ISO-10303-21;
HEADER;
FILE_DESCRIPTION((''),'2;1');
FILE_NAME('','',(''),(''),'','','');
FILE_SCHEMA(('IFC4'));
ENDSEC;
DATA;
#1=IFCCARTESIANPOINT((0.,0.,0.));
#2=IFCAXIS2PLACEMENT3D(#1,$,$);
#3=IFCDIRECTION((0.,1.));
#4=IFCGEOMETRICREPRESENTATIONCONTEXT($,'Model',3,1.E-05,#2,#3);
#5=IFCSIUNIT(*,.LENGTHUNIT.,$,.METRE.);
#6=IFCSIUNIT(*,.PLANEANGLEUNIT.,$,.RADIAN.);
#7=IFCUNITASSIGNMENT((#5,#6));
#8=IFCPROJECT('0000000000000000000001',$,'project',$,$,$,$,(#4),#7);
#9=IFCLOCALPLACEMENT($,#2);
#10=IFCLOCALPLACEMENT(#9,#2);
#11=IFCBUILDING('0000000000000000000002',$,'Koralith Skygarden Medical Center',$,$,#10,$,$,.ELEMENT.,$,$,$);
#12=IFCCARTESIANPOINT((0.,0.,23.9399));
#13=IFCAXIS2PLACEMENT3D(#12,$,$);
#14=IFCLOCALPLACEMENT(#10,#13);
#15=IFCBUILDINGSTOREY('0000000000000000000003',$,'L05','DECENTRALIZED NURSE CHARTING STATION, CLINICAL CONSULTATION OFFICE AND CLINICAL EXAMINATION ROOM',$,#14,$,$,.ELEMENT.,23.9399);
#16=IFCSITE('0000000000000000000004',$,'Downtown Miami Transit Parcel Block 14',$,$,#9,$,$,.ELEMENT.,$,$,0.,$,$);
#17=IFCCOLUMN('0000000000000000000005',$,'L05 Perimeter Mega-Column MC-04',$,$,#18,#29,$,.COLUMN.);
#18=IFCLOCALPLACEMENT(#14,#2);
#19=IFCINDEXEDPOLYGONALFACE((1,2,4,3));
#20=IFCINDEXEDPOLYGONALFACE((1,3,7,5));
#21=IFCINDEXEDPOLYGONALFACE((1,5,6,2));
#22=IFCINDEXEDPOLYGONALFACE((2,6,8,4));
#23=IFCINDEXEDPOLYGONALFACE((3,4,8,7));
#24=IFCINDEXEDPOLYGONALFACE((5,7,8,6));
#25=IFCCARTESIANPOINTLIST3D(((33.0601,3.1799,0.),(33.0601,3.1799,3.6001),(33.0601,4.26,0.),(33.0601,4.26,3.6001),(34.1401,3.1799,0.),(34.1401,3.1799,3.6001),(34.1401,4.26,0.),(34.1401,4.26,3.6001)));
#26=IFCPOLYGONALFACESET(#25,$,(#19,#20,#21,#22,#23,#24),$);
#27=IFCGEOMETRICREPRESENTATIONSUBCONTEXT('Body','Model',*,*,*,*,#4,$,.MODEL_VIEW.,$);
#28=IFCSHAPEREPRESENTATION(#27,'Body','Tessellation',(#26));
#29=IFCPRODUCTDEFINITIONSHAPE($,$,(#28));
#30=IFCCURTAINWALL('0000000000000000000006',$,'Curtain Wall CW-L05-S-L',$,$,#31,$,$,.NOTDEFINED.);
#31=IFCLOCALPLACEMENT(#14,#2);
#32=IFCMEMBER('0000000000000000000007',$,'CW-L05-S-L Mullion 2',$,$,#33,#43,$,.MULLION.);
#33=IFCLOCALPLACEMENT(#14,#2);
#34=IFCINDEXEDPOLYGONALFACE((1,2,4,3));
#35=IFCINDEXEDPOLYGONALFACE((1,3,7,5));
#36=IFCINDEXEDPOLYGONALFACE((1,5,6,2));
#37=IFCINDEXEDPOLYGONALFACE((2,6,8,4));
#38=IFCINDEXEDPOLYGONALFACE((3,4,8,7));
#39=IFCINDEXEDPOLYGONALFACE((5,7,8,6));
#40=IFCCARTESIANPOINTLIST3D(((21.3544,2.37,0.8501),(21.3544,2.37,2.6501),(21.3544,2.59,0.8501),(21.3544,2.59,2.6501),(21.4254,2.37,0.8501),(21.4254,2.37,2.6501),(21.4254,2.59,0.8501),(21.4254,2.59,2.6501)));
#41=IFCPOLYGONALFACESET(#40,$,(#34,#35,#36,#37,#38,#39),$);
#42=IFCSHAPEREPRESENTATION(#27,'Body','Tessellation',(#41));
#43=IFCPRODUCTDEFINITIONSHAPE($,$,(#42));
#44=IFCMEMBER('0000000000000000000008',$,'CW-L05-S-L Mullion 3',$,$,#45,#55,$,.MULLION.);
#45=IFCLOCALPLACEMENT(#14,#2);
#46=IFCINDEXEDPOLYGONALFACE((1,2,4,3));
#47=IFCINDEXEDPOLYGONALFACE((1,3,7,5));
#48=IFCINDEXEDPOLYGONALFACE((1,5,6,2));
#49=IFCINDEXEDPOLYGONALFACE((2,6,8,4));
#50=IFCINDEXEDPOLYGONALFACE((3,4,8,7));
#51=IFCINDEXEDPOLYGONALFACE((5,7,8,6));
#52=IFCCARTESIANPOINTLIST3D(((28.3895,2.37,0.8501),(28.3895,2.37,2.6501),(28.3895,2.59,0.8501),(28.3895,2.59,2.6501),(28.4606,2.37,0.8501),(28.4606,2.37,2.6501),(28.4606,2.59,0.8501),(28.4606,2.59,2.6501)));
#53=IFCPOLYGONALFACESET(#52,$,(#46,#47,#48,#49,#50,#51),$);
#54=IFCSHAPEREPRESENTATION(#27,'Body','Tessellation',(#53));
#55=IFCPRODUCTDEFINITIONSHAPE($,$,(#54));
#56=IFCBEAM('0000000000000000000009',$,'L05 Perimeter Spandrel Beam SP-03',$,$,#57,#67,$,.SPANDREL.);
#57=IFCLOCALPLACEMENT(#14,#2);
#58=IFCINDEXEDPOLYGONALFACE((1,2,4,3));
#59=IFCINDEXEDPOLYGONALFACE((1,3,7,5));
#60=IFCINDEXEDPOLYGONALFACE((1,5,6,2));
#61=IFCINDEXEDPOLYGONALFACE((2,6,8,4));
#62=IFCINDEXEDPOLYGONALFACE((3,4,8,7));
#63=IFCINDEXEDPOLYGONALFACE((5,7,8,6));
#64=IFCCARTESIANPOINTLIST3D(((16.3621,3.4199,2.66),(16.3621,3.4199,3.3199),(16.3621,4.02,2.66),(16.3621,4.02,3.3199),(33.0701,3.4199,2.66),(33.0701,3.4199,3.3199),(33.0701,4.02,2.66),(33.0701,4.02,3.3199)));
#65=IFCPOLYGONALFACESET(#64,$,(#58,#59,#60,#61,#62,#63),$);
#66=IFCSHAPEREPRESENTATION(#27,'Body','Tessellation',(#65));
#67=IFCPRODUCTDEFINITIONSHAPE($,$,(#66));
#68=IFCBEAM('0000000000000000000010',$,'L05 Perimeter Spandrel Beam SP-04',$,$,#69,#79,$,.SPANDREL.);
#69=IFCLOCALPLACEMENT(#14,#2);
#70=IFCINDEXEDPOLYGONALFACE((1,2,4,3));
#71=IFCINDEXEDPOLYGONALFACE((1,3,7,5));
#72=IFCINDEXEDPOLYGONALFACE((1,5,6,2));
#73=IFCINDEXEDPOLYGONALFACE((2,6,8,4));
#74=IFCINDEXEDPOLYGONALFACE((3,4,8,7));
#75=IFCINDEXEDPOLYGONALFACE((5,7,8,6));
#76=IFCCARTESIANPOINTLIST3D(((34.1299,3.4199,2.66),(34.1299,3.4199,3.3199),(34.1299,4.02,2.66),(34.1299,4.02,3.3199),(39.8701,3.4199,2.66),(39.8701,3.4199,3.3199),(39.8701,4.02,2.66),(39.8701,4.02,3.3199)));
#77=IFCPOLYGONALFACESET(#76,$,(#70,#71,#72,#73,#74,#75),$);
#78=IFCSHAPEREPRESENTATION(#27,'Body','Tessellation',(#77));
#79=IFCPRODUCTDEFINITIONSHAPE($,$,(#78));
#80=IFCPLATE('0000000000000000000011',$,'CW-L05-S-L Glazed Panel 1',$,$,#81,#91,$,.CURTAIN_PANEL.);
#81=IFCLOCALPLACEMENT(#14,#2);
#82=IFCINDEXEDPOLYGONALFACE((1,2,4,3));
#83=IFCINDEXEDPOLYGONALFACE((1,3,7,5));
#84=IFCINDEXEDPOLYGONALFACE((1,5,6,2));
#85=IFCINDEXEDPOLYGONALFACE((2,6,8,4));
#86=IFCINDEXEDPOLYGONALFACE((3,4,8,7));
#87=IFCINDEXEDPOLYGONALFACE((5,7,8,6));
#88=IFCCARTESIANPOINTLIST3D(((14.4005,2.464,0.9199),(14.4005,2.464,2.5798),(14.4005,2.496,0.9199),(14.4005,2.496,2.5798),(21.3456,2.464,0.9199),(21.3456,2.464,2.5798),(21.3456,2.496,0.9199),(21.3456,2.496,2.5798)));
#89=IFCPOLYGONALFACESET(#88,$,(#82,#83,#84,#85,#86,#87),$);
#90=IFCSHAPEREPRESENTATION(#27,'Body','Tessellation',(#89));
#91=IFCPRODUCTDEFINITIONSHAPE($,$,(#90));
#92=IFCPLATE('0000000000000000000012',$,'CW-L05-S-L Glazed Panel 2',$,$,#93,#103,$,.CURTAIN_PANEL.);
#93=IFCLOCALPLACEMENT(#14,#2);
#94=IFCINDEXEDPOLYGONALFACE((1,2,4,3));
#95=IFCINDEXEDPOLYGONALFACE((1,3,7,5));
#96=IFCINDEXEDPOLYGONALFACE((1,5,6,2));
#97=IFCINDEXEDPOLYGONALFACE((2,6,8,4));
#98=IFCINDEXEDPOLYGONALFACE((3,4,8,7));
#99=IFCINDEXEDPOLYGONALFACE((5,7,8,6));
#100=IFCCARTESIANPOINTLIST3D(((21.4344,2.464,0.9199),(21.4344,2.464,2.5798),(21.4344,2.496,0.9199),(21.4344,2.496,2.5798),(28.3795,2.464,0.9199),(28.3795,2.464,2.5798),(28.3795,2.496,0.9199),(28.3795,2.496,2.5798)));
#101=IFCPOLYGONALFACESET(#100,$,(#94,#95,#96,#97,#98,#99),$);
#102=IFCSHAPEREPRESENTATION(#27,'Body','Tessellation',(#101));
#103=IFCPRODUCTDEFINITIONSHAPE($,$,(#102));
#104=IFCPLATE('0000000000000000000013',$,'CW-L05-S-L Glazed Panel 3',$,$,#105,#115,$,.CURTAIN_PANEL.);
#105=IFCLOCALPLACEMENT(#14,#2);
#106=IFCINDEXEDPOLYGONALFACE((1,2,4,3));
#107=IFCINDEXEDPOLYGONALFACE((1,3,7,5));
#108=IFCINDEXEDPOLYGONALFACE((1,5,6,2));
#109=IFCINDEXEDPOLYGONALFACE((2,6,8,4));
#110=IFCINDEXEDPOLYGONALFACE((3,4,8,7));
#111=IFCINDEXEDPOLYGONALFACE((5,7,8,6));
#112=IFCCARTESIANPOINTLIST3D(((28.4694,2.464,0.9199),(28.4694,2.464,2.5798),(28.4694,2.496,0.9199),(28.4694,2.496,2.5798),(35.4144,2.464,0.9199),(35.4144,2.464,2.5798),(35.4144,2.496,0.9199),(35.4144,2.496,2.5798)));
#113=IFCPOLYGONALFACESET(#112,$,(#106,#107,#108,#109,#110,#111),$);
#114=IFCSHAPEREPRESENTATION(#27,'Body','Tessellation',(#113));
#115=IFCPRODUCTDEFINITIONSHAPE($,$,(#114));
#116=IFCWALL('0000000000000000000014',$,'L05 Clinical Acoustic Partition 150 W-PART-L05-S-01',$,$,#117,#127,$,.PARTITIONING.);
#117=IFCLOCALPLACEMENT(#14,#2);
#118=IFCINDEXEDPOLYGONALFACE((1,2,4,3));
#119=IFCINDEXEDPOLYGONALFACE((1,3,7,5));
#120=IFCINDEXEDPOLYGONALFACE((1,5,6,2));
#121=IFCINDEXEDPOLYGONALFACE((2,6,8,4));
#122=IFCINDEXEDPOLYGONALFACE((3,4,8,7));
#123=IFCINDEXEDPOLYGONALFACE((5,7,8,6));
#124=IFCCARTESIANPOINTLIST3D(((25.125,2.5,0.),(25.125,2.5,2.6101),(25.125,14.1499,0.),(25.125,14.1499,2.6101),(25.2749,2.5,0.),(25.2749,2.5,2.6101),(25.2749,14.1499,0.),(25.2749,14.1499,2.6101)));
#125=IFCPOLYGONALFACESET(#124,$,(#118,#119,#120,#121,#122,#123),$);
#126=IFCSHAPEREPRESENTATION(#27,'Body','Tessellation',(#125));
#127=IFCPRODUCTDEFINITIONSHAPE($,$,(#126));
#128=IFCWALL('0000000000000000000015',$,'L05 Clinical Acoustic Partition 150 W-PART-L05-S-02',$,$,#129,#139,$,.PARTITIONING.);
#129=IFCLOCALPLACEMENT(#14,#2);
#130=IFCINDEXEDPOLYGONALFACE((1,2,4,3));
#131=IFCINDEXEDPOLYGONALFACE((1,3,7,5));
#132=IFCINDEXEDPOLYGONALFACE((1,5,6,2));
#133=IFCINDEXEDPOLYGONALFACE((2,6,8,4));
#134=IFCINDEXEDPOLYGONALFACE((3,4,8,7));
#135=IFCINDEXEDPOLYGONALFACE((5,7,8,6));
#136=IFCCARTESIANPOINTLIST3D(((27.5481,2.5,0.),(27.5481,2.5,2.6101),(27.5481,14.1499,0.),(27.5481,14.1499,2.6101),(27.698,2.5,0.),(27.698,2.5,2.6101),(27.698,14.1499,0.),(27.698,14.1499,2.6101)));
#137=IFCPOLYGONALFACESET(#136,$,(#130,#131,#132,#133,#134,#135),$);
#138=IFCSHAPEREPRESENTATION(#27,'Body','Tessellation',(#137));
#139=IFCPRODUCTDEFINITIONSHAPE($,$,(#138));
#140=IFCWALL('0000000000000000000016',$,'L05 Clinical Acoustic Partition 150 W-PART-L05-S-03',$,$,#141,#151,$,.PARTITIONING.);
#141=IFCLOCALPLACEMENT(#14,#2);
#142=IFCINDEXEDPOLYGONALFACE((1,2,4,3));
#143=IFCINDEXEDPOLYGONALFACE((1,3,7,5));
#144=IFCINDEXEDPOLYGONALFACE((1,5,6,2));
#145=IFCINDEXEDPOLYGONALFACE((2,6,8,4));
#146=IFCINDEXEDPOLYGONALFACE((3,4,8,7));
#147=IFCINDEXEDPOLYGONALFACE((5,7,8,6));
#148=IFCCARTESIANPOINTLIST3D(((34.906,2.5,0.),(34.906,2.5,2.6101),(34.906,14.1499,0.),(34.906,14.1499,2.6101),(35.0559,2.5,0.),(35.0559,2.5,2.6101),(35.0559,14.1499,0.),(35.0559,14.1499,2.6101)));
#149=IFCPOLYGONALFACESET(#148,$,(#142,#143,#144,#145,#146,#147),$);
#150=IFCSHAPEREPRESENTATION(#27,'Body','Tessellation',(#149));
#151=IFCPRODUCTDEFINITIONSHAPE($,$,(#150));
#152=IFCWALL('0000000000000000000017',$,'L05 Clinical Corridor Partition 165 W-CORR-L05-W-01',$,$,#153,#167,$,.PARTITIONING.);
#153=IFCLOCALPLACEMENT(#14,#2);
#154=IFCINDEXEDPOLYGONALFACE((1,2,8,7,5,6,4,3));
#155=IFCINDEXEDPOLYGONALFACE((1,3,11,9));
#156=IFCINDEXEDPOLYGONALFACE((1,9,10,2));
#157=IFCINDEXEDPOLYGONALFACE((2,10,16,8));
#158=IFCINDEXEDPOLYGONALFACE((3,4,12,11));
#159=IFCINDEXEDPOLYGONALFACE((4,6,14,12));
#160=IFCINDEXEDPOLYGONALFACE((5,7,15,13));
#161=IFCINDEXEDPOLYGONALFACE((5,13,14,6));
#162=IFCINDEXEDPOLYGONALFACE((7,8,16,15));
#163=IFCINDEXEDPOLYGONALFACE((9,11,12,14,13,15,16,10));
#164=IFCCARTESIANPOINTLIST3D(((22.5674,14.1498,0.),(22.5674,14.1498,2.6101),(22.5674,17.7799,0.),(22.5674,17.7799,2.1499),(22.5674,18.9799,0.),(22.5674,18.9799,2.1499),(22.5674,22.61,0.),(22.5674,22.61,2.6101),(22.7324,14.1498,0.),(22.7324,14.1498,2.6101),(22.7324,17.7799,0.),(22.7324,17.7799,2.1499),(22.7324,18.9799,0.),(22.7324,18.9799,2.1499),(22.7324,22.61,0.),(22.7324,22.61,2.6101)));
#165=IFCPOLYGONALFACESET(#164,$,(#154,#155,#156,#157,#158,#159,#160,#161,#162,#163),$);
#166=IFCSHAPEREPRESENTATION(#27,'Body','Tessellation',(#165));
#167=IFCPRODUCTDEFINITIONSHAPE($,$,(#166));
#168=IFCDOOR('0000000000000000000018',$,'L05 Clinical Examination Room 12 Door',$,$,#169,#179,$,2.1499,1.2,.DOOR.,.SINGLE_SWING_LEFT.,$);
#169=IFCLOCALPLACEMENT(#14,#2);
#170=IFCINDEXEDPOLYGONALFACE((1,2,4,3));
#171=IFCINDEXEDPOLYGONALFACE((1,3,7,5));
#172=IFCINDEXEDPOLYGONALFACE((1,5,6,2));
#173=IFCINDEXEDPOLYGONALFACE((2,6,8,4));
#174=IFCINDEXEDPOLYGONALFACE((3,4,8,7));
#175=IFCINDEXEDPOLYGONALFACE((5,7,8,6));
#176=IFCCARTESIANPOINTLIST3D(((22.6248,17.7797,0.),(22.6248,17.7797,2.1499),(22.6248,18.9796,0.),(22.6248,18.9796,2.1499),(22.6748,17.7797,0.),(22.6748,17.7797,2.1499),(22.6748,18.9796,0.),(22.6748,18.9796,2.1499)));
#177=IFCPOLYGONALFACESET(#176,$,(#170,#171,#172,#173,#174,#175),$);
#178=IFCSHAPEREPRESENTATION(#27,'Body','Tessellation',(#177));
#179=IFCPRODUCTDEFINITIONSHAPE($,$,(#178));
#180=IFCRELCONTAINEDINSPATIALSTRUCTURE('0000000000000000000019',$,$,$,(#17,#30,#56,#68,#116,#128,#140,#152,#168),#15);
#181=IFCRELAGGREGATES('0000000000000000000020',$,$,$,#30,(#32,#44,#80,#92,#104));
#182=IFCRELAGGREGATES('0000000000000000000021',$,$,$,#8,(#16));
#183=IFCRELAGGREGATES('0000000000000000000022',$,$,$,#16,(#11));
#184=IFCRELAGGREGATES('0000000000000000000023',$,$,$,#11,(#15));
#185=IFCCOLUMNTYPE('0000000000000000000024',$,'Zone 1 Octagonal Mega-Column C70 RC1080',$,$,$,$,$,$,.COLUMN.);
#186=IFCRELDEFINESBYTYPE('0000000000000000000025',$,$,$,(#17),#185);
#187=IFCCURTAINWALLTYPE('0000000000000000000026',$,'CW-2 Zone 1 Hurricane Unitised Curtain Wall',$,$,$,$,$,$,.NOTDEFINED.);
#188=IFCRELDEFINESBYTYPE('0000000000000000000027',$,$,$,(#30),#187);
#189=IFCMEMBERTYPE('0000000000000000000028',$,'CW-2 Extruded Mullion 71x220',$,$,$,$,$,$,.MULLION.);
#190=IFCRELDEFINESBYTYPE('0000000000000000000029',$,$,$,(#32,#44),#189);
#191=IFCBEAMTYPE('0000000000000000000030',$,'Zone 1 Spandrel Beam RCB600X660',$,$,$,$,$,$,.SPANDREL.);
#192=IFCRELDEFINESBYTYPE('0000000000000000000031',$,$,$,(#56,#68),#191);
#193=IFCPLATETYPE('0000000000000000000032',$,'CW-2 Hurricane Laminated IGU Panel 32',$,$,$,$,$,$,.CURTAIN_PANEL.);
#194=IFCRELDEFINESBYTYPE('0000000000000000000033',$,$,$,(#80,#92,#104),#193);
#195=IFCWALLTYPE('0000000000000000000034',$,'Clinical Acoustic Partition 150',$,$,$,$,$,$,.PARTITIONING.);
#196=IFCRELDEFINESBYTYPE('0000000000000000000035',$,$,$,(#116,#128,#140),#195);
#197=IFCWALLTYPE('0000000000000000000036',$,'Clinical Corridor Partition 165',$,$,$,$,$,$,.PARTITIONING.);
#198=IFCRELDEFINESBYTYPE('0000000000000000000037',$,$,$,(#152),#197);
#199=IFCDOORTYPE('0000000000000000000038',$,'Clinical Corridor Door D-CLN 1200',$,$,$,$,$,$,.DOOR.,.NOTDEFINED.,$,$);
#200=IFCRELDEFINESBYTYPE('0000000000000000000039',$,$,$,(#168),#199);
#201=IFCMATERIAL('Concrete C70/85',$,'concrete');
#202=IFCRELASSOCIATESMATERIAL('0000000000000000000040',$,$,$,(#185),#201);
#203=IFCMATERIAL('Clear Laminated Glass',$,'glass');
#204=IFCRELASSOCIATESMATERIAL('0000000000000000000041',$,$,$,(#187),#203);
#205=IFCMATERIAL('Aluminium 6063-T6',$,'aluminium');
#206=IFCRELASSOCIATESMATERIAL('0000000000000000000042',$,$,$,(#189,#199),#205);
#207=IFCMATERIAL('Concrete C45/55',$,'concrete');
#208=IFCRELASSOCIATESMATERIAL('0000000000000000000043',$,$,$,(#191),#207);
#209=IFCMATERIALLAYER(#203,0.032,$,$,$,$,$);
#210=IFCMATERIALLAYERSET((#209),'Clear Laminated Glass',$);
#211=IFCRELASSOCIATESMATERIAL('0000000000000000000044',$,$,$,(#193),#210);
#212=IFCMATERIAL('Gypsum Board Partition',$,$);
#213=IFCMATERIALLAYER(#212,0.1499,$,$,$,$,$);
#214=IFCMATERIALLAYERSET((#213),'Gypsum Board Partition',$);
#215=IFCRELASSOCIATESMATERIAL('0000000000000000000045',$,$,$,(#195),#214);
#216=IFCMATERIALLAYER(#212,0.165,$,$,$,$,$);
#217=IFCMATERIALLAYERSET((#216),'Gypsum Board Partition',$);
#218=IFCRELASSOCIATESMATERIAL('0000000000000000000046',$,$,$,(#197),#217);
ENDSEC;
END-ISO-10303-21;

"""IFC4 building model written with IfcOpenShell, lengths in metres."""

from ifc_helpers import new_model, si_unit, direction, frame, frame_2d, origin, origin_2d, place, context, subcontext, project, spatial, rectangle, extrude, material, layer, layer_set, material_profile, profile_set, type_object, element, fill, aggregate, save


model = new_model("IFC4")

# Units and contexts
model_context = context("Model", 3, precision=1e-05, world=origin(), true_north=direction((0.0, 1.0)))
body_context = subcontext(model_context, "Body", "Model", "MODEL_VIEW")
ifc_project = project(units=[si_unit("LENGTHUNIT", "METRE"), si_unit("PLANEANGLEUNIT", "RADIAN")], contexts=[model_context])

# Site, building, storey
site_placement = place(None, origin())
site = spatial("IfcSite", under=ifc_project, at=site_placement, Name="Downtown Miami Transit Parcel Block 14", CompositionType="ELEMENT", RefElevation=0.0)
building_placement = place(site_placement, origin())
building = spatial("IfcBuilding", under=site, at=building_placement, Name="Koralith Skygarden Medical Center", CompositionType="ELEMENT")
storey_placement = place(building_placement, frame((0.0, 0.0, 23.9399)))
storey = spatial("IfcBuildingStorey", under=building, at=storey_placement, Name="L05", Description="DECENTRALIZED NURSE CHARTING STATION, CLINICAL CONSULTATION OFFICE AND CLINICAL EXAMINATION ROOM", CompositionType="ELEMENT", Elevation=23.9399)

# Column
ifc_material_1 = material(Name="Concrete C70/85", Category="concrete")
ifc_material_profile_1 = material_profile(ifc_material_1, rectangle(XDim=1.0801, YDim=1.0801, at=origin_2d()), Name="RC1080X1080")
ifc_profile_set_1 = profile_set([ifc_material_profile_1], Name="Concrete C70/85")
column_type = type_object("IfcColumnType", Name="Zone 1 Octagonal Mega-Column C70 RC1080", PredefinedType="COLUMN", material=ifc_profile_set_1)
column_placement = place(storey_placement, frame((33.6001, 3.72, 0.0), z_axis=(0.0, 0.0, 1.0), x_axis=(1.0, 0.0, 0.0)))
element("IfcColumn", 1, at=column_placement, inside=storey, type_object=column_type, Name="L05 Perimeter Mega-Column MC-04", PredefinedType="COLUMN", context=body_context, shape_type="SweptSolid", body=[
    extrude(rectangle(XDim=1.0801, YDim=1.0801, at=origin_2d()), origin(), (0.0, 0.0, 1.0), 3.6001),
])

# Curtain wall, members
ifc_material_2 = material(Name="Clear Laminated Glass", Category="glass")
curtain_wall_type = type_object("IfcCurtainWallType", Name="CW-2 Zone 1 Hurricane Unitised Curtain Wall", PredefinedType="NOTDEFINED", material=ifc_material_2)
curtain_wall_placement = place(storey_placement, origin())
curtain_wall = element("IfcCurtainWall", 2, at=curtain_wall_placement, inside=storey, type_object=curtain_wall_type, Name="Curtain Wall CW-L05-S-L", PredefinedType="NOTDEFINED")
ifc_material_3 = material(Name="Aluminium 6063-T6", Category="aluminium")
ifc_material_profile_2 = material_profile(ifc_material_3, rectangle(XDim=0.071, YDim=0.22, at=origin_2d()), Name="MUL71X220")
ifc_profile_set_2 = profile_set([ifc_material_profile_2], Name="Aluminium 6063-T6")
member_type = type_object("IfcMemberType", Name="CW-2 Extruded Mullion 71x220", PredefinedType="MULLION", material=ifc_profile_set_2)
member_1_placement = place(storey_placement, frame((21.3899, 2.48, 0.8501), z_axis=(0.0, 0.0, 1.0), x_axis=(1.0, 0.0, 0.0)))
member_1 = element("IfcMember", 3, at=member_1_placement, type_object=member_type, Name="CW-L05-S-L Mullion 2", PredefinedType="MULLION", context=body_context, shape_type="SweptSolid", body=[
    extrude(rectangle(XDim=0.071, YDim=0.22, at=origin_2d()), origin(), (0.0, 0.0, 1.0), 1.8),
])
member_2_placement = place(storey_placement, frame((28.425, 2.48, 0.8501), z_axis=(0.0, 0.0, 1.0), x_axis=(1.0, 0.0, 0.0)))
member_2 = element("IfcMember", 4, at=member_2_placement, type_object=member_type, Name="CW-L05-S-L Mullion 3", PredefinedType="MULLION", context=body_context, shape_type="SweptSolid", body=[
    extrude(rectangle(XDim=0.071, YDim=0.22, at=origin_2d()), origin(), (0.0, 0.0, 1.0), 1.8),
])

# Beams
ifc_material_4 = material(Name="Concrete C45/55", Category="concrete")
ifc_material_profile_3 = material_profile(ifc_material_4, rectangle(XDim=0.6001, YDim=0.6599, at=origin_2d()), Name="RCB600X660")
ifc_profile_set_3 = profile_set([ifc_material_profile_3], Name="Concrete C45/55")
beam_type = type_object("IfcBeamType", Name="Zone 1 Spandrel Beam RCB600X660", PredefinedType="SPANDREL", material=ifc_profile_set_3)
beam_1_placement = place(storey_placement, frame((16.3621, 3.72, 2.99), z_axis=(1.0, 0.0, 0.0), x_axis=(0.0, 1.0, 0.0)))
element("IfcBeam", 5, at=beam_1_placement, inside=storey, type_object=beam_type, Name="L05 Perimeter Spandrel Beam SP-03", PredefinedType="SPANDREL", context=body_context, shape_type="SweptSolid", body=[
    extrude(rectangle(XDim=0.6001, YDim=0.6599, at=origin_2d()), origin(), (0.0, 0.0, 1.0), 16.708),
])
beam_2_placement = place(storey_placement, frame((34.1299, 3.72, 2.99), z_axis=(1.0, 0.0, 0.0), x_axis=(0.0, 1.0, 0.0)))
element("IfcBeam", 6, at=beam_2_placement, inside=storey, type_object=beam_type, Name="L05 Perimeter Spandrel Beam SP-04", PredefinedType="SPANDREL", context=body_context, shape_type="SweptSolid", body=[
    extrude(rectangle(XDim=0.6001, YDim=0.6599, at=origin_2d()), origin(), (0.0, 0.0, 1.0), 5.7402),
])

# Plates
ifc_layer_1 = layer(ifc_material_2, 0.032)
ifc_layer_set_1 = layer_set([ifc_layer_1], Name="Clear Laminated Glass")
plate_type = type_object("IfcPlateType", Name="CW-2 Hurricane Laminated IGU Panel 32", PredefinedType="CURTAIN_PANEL", material=ifc_layer_set_1)
plate_1_placement = place(storey_placement, frame((17.873, 2.48, 0.9199), z_axis=(0.0, 0.0, 1.0), x_axis=(1.0, 0.0, 0.0)))
plate_1 = element("IfcPlate", 7, at=plate_1_placement, type_object=plate_type, Name="CW-L05-S-L Glazed Panel 1", PredefinedType="CURTAIN_PANEL", context=body_context, shape_type="SweptSolid", body=[
    extrude(rectangle(XDim=6.9451, YDim=0.032, at=origin_2d()), origin(), (0.0, 0.0, 1.0), 1.6599),
])
plate_2_placement = place(storey_placement, frame((24.907, 2.48, 0.9199), z_axis=(0.0, 0.0, 1.0), x_axis=(1.0, 0.0, 0.0)))
plate_2 = element("IfcPlate", 8, at=plate_2_placement, type_object=plate_type, Name="CW-L05-S-L Glazed Panel 2", PredefinedType="CURTAIN_PANEL", context=body_context, shape_type="SweptSolid", body=[
    extrude(rectangle(XDim=6.9451, YDim=0.032, at=origin_2d()), origin(), (0.0, 0.0, 1.0), 1.6599),
])
plate_3_placement = place(storey_placement, frame((31.9419, 2.48, 0.9199), z_axis=(0.0, 0.0, 1.0), x_axis=(1.0, 0.0, 0.0)))
plate_3 = element("IfcPlate", 9, at=plate_3_placement, type_object=plate_type, Name="CW-L05-S-L Glazed Panel 3", PredefinedType="CURTAIN_PANEL", context=body_context, shape_type="SweptSolid", body=[
    extrude(rectangle(XDim=6.9451, YDim=0.032, at=origin_2d()), origin(), (0.0, 0.0, 1.0), 1.6599),
])
aggregate(curtain_wall, [member_1, member_2, plate_1, plate_2, plate_3])

# Walls
ifc_material_5 = material(Name="Gypsum Board Partition")
ifc_layer_2 = layer(ifc_material_5, 0.1499)
ifc_layer_set_2 = layer_set([ifc_layer_2], Name="Gypsum Board Partition")
wall_type_1 = type_object("IfcWallType", Name="Clinical Acoustic Partition 150", PredefinedType="PARTITIONING", material=ifc_layer_set_2)
for number, where, z_axis, x_axis, name in (
    (10, (25.2, 14.1499, 0.0), (0.0, 0.0, 1.0), (0.0, -1.0, 0.0), "L05 Clinical Acoustic Partition 150 W-PART-L05-S-01"),
    (11, (27.623, 14.1499, 0.0), (0.0, 0.0, 1.0), (0.0, -1.0, 0.0), "L05 Clinical Acoustic Partition 150 W-PART-L05-S-02"),
    (12, (34.981, 14.1499, 0.0), (0.0, 0.0, 1.0), (0.0, -1.0, 0.0), "L05 Clinical Acoustic Partition 150 W-PART-L05-S-03"),
):
    element("IfcWall", number, at=place(storey_placement, frame(where, z_axis=z_axis, x_axis=x_axis)), inside=storey, type_object=wall_type_1, Name=name, PredefinedType="PARTITIONING", context=body_context, shape_type="SweptSolid", body=[
        extrude(rectangle(XDim=11.6499, YDim=0.1499, at=frame_2d((5.825, 0.0))), origin(), (0.0, 0.0, 1.0), 2.6101),
    ])

# Wall, opening, door
ifc_layer_3 = layer(ifc_material_5, 0.165)
ifc_layer_set_3 = layer_set([ifc_layer_3], Name="Gypsum Board Partition")
wall_type_2 = type_object("IfcWallType", Name="Clinical Corridor Partition 165", PredefinedType="PARTITIONING", material=ifc_layer_set_3)
door_type_1 = type_object("IfcDoorType", Name="Clinical Corridor Door D-CLN 1200", OperationType="NOTDEFINED", PredefinedType="DOOR", material=ifc_material_3)
wall_1_placement = place(storey_placement, frame((22.6499, 14.1499, 0.0), z_axis=(0.0, 0.0, 1.0), x_axis=(0.0, 1.0, 0.0)))
wall_1 = element("IfcWall", 13, at=wall_1_placement, inside=storey, type_object=wall_type_2, Name="L05 Clinical Corridor Partition 165 W-CORR-L05-W-01", PredefinedType="PARTITIONING", context=body_context, shape_type="SweptSolid", body=[
    extrude(rectangle(XDim=8.4602, YDim=0.165, at=frame_2d((4.23, 0.0))), origin(), (0.0, 0.0, 1.0), 2.6101),
])
opening_1_placement = place(wall_1_placement, frame((3.6299, 0.0, 0.0)))
opening_1 = element("IfcOpeningElement", 14, at=opening_1_placement, cuts=wall_1, PredefinedType="OPENING", context=body_context, shape_type="SweptSolid", body=[
    extrude(rectangle(XDim=1.2, YDim=2.1499, at=frame_2d((0.6001, 1.075))), frame((0.0, 0.0925, 0.0), z_axis=(0.0, -1.0, 0.0), x_axis=(1.0, 0.0, 0.0)), (0.0, 0.0, 1.0), 0.1851),
])
door_1_placement = place(opening_1_placement, frame((1.2, 0.0, 0.0), z_axis=(0.0, 0.0, 1.0), x_axis=(-1.0, 0.0, 0.0)))
door_1 = element("IfcDoor", 15, at=door_1_placement, inside=storey, type_object=door_type_1, Name="L05 Clinical Examination Room 12 Door", OperationType="SINGLE_SWING_LEFT", OverallHeight=2.1499, OverallWidth=1.2, PredefinedType="DOOR", context=body_context, shape_type="SweptSolid", body=[
    extrude(rectangle(XDim=1.2, YDim=2.1499, at=frame_2d((0.6001, 1.075))), frame((0.0, 0.0249, 0.0), z_axis=(0.0, -1.0, 0.0), x_axis=(1.0, 0.0, 0.0)), (0.0, 0.0, 1.0), 0.05),
])
fill(opening_1, door_1)

save(model, "model.ifc")
